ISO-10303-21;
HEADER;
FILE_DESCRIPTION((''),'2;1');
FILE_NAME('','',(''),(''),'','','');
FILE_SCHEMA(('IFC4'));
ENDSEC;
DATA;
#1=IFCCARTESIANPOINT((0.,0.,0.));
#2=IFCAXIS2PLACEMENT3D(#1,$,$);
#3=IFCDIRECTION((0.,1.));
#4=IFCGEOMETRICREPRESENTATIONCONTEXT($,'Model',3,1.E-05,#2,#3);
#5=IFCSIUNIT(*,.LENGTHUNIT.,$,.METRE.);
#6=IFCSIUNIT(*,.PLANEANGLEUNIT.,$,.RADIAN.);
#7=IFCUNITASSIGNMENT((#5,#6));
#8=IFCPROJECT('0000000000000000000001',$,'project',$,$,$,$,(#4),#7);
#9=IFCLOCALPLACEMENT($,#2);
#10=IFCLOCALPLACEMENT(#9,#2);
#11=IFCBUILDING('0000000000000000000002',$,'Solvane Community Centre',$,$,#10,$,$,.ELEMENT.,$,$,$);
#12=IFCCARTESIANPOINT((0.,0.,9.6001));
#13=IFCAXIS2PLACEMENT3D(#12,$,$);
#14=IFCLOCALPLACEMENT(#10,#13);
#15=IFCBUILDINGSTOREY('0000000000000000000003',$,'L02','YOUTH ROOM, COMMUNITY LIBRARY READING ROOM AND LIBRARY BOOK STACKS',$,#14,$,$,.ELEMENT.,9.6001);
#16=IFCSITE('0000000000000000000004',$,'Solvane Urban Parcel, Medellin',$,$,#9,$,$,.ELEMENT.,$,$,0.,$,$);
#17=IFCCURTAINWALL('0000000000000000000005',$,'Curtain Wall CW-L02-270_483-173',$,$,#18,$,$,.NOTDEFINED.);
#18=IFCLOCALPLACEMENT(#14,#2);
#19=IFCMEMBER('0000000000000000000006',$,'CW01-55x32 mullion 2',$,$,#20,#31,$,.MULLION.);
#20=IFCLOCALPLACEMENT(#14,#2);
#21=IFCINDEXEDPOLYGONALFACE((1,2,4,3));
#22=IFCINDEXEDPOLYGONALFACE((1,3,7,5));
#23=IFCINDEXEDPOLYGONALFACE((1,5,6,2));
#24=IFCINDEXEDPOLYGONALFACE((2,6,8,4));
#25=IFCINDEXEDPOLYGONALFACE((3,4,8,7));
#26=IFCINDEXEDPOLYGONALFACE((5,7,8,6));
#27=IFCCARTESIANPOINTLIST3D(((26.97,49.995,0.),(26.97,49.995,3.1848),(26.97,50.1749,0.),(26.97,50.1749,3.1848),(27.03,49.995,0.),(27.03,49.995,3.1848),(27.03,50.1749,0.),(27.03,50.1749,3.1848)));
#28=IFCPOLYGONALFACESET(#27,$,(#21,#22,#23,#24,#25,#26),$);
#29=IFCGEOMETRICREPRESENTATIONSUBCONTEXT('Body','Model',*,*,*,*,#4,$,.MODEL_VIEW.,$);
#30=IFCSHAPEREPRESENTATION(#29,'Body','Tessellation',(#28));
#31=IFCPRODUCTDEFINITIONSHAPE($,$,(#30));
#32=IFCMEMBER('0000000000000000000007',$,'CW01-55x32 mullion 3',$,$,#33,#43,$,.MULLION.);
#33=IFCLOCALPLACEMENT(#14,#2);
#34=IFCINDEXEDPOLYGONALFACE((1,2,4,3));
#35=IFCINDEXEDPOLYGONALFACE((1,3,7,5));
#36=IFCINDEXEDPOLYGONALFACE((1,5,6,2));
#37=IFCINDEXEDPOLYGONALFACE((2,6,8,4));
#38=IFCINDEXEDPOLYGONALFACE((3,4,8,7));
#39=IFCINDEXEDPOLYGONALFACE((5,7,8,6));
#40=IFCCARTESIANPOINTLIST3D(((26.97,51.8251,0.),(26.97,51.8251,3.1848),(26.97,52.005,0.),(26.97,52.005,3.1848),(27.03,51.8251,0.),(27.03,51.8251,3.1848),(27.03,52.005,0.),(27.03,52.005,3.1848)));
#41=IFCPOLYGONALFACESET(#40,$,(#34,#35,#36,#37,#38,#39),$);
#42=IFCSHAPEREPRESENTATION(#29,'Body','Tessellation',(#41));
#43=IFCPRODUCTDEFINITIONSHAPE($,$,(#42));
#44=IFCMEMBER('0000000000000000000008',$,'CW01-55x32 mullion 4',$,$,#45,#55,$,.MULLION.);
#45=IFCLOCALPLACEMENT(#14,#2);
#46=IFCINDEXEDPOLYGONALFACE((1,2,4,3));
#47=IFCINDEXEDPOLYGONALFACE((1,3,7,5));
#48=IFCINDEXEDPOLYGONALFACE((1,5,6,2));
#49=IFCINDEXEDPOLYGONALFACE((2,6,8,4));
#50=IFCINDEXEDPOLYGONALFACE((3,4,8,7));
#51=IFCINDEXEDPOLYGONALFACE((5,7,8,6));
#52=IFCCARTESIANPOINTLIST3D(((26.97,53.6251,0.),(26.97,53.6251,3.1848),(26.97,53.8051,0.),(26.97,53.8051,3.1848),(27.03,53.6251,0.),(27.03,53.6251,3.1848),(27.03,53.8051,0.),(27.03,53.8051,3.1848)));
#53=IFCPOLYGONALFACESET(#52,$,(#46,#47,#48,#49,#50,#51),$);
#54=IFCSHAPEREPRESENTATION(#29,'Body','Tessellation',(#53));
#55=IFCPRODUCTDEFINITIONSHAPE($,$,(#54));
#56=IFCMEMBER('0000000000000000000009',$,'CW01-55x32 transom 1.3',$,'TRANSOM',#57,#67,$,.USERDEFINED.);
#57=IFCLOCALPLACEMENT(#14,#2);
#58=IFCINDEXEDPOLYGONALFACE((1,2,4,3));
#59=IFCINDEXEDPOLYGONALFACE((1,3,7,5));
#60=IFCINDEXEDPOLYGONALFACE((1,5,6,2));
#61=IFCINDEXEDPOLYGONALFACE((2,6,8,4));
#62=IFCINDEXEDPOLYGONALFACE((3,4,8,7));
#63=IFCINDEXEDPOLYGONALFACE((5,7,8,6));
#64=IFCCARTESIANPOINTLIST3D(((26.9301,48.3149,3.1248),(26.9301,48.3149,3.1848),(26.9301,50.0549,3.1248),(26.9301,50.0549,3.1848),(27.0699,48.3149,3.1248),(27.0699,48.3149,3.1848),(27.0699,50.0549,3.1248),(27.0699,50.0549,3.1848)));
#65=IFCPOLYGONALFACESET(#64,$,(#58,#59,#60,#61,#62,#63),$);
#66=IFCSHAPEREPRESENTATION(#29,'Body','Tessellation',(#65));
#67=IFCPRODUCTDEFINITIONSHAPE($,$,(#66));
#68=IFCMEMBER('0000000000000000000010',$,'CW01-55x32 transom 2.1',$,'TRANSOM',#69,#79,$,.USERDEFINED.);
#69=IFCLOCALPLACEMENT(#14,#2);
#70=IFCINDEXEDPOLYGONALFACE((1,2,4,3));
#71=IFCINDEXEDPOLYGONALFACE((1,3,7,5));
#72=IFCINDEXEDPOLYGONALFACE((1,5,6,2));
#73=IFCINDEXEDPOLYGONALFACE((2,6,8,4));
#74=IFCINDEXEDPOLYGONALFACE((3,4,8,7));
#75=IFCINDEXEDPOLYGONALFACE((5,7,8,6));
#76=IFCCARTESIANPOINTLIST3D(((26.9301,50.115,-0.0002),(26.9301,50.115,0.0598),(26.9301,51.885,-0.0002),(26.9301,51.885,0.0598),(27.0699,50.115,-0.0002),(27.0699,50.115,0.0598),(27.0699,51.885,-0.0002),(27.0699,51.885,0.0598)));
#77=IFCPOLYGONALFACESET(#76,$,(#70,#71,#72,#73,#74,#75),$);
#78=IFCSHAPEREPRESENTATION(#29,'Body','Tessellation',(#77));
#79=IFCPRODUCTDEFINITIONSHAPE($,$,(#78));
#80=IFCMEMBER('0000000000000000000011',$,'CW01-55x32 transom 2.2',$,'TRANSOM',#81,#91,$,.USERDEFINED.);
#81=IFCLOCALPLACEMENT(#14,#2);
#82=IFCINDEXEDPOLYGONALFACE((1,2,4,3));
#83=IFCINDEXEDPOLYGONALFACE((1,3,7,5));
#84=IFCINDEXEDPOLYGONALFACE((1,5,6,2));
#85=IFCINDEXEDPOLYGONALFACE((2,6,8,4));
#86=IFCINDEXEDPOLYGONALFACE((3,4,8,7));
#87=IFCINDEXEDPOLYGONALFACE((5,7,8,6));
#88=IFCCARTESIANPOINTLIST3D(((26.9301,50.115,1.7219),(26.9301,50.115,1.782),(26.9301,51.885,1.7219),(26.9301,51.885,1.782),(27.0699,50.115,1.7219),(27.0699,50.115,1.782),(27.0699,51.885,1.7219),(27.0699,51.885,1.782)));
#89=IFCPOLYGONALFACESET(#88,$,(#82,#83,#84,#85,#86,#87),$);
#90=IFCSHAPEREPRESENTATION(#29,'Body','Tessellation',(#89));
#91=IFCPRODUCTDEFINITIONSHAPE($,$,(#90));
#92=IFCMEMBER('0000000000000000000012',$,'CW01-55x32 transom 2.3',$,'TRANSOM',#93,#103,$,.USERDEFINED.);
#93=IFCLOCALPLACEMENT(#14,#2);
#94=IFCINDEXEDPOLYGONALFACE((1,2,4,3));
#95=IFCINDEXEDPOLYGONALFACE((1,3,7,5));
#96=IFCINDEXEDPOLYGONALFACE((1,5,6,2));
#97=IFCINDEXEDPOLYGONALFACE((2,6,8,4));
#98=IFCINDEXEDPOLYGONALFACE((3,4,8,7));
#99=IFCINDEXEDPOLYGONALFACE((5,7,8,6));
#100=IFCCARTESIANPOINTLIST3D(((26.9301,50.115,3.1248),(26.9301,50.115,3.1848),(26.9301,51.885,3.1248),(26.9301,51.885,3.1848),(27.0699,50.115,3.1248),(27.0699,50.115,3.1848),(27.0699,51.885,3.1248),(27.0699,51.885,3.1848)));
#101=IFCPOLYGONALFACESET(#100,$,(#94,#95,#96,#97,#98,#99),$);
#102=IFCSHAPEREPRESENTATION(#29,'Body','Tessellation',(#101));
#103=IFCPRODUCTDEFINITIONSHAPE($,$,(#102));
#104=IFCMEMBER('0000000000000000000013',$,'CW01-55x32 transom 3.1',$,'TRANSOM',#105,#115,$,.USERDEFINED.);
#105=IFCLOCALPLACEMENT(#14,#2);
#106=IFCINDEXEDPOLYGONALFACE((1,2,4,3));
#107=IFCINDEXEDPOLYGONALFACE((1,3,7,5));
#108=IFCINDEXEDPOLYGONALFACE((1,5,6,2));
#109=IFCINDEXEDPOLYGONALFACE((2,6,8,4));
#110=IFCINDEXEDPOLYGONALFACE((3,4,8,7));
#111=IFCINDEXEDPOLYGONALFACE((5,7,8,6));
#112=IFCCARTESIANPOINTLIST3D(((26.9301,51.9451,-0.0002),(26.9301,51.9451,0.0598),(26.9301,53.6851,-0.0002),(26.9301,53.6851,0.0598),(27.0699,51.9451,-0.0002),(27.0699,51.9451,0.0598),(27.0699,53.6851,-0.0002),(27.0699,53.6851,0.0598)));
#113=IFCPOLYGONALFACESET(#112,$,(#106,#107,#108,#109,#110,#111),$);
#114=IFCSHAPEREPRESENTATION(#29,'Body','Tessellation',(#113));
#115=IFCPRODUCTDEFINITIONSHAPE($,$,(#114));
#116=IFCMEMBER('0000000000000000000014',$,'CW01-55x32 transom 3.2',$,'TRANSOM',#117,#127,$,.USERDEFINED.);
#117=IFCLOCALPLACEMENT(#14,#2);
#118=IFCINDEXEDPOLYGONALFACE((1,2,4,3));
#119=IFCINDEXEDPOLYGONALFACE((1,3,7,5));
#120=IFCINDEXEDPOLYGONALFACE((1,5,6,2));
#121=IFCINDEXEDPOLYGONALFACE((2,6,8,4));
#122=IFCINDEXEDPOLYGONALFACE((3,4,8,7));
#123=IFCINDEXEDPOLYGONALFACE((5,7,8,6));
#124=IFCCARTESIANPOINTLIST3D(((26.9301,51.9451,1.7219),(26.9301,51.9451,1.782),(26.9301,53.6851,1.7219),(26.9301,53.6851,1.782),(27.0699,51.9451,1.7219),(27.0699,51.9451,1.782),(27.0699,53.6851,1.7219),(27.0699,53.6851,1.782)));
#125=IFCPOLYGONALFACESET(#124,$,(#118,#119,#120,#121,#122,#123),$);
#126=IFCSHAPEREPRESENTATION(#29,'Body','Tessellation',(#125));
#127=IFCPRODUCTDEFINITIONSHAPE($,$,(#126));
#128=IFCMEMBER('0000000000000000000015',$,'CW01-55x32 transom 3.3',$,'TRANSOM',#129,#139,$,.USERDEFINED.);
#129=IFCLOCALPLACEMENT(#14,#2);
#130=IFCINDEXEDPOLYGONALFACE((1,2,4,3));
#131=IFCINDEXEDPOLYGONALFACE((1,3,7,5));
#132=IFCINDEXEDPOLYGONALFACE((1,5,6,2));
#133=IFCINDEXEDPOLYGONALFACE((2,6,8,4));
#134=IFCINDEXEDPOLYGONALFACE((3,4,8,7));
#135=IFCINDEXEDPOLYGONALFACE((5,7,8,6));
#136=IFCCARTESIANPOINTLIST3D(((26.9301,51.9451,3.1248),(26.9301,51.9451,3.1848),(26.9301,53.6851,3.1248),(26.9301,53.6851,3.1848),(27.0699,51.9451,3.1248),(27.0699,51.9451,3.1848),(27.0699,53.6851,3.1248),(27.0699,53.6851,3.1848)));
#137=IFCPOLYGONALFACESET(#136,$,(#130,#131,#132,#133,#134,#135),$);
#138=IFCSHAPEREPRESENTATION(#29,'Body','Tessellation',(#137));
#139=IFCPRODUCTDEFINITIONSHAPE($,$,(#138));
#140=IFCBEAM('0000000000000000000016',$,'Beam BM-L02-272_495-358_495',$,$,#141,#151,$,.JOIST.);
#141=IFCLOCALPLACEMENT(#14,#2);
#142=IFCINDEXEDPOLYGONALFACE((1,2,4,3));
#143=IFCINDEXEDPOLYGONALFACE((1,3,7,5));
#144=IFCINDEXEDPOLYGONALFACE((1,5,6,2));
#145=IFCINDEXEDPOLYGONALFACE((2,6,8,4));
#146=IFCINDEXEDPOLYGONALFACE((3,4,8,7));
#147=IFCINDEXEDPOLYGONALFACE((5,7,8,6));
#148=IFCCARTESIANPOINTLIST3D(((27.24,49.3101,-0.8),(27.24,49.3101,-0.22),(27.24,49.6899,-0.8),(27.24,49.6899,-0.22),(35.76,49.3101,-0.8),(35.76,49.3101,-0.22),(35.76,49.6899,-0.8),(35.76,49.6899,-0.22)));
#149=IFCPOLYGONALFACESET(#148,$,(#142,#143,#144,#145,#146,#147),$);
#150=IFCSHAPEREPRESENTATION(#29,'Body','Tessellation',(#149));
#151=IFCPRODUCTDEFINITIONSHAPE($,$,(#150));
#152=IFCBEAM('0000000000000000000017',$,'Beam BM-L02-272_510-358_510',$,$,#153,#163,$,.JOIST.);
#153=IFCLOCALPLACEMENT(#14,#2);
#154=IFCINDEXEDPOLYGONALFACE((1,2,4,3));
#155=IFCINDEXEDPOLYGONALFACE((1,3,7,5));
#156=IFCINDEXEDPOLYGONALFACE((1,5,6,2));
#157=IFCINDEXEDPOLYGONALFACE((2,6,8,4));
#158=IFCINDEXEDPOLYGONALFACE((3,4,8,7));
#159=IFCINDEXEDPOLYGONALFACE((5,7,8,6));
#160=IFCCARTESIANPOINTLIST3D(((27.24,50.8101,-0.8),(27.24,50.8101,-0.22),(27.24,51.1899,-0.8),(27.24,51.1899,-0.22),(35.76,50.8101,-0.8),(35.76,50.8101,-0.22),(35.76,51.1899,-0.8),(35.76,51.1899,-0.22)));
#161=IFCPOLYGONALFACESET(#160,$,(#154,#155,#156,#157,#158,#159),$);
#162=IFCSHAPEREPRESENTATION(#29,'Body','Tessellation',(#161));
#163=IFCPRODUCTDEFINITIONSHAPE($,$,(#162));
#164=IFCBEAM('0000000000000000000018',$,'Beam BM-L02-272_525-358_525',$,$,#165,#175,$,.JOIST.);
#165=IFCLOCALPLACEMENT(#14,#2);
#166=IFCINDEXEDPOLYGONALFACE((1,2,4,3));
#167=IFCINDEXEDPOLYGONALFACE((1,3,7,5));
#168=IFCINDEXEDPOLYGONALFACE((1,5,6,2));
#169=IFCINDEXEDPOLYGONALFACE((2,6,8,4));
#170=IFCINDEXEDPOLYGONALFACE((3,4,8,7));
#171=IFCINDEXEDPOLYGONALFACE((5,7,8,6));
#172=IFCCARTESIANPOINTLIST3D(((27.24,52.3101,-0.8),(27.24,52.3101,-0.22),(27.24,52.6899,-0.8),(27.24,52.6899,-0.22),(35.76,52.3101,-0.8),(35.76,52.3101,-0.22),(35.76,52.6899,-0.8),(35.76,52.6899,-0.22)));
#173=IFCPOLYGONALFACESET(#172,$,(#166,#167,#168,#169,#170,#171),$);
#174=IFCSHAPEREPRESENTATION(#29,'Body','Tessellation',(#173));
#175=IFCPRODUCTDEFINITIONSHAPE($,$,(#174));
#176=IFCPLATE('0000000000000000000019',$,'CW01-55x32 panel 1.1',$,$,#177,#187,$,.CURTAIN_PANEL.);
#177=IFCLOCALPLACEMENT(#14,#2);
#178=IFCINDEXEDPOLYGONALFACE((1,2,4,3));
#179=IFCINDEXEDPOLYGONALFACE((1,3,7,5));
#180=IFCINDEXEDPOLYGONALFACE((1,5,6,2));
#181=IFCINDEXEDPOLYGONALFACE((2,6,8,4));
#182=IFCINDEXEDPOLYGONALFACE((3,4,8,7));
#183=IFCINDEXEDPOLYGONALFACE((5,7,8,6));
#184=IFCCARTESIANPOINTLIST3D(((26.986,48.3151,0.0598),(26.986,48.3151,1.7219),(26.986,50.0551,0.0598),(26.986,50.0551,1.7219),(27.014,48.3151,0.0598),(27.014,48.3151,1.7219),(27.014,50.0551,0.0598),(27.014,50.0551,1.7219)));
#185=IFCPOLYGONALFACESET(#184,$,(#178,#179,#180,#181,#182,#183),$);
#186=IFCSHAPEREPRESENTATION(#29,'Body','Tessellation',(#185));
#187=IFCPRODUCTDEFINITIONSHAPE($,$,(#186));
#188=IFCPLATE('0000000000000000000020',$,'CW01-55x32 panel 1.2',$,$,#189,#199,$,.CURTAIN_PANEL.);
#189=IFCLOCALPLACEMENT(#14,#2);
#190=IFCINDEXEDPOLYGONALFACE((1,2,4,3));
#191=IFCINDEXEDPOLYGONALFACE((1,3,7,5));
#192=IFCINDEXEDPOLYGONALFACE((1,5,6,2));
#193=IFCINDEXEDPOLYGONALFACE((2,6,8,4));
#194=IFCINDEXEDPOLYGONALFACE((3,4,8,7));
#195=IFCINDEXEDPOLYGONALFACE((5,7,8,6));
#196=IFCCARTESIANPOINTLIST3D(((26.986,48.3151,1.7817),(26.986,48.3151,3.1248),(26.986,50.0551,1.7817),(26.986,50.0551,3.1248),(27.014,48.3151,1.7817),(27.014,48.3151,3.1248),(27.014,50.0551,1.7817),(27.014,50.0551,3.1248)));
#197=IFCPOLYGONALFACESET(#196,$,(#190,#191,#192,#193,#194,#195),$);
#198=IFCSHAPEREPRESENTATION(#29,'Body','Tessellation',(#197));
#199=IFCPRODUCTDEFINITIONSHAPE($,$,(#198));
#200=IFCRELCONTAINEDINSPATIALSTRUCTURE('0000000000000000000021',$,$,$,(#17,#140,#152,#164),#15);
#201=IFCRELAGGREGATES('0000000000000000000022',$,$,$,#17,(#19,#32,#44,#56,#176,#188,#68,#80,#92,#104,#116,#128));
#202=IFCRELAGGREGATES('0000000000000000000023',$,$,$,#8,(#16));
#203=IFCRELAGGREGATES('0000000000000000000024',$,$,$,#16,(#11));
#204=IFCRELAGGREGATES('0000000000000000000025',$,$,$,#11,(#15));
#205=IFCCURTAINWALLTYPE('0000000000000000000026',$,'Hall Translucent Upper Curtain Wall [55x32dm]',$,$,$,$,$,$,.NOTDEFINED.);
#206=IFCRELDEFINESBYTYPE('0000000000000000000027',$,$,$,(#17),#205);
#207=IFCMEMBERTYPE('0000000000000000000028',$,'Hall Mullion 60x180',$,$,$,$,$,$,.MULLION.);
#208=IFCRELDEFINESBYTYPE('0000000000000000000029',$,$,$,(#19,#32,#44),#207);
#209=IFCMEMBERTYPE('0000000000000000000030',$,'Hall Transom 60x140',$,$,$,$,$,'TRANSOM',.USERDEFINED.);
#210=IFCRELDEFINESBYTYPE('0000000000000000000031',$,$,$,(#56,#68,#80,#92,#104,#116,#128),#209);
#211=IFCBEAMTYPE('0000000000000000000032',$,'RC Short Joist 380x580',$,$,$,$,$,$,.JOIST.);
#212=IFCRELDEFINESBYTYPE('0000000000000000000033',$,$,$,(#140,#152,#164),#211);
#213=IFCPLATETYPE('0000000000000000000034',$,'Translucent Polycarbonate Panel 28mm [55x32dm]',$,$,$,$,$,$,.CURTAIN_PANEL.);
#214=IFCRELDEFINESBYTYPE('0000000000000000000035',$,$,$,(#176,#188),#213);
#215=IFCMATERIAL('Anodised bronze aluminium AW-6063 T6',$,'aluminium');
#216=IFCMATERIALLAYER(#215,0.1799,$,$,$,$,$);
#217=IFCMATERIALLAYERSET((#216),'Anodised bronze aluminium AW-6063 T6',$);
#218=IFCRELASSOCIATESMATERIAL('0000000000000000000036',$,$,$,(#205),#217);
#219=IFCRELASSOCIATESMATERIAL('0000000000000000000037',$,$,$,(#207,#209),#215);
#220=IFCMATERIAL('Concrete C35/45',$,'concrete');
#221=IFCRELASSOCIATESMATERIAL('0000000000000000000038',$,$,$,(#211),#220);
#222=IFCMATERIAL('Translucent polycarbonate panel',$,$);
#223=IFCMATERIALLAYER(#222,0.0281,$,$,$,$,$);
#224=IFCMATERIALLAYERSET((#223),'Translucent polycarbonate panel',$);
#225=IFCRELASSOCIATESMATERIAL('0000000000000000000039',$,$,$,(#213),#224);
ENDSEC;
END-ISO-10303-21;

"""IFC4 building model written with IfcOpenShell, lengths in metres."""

from ifc_helpers import new_model, si_unit, direction, frame, origin, origin_2d, place, context, subcontext, project, spatial, rectangle, extrude, material, layer, layer_set, material_profile, profile_set, type_object, element, aggregate, save


model = new_model("IFC4")

# Units and contexts
model_context = context("Model", 3, precision=1e-05, world=origin(), true_north=direction((0.0, 1.0)))
body_context = subcontext(model_context, "Body", "Model", "MODEL_VIEW")
ifc_project = project(units=[si_unit("LENGTHUNIT", "METRE"), si_unit("PLANEANGLEUNIT", "RADIAN")], contexts=[model_context])

# Site, building, storey
site_placement = place(None, origin())
site = spatial("IfcSite", under=ifc_project, at=site_placement, Name="Solvane Urban Parcel, Medellin", CompositionType="ELEMENT", RefElevation=0.0)
building_placement = place(site_placement, origin())
building = spatial("IfcBuilding", under=site, at=building_placement, Name="Solvane Community Centre", CompositionType="ELEMENT")
storey_placement = place(building_placement, frame((0.0, 0.0, 9.6001)))
storey = spatial("IfcBuildingStorey", under=building, at=storey_placement, Name="L02", Description="YOUTH ROOM, COMMUNITY LIBRARY READING ROOM AND LIBRARY BOOK STACKS", CompositionType="ELEMENT", Elevation=9.6001)

# Curtain wall, members
ifc_material_1 = material(Name="Anodised bronze aluminium AW-6063 T6", Category="aluminium")
ifc_layer_1 = layer(ifc_material_1, 0.1799)
ifc_layer_set_1 = layer_set([ifc_layer_1], Name="Anodised bronze aluminium AW-6063 T6")
curtain_wall_type = type_object("IfcCurtainWallType", Name="Hall Translucent Upper Curtain Wall [55x32dm]", PredefinedType="NOTDEFINED", material=ifc_layer_set_1)
curtain_wall_placement = place(storey_placement, origin())
curtain_wall = element("IfcCurtainWall", 1, at=curtain_wall_placement, inside=storey, type_object=curtain_wall_type, Name="Curtain Wall CW-L02-270_483-173", PredefinedType="NOTDEFINED")
ifc_material_profile_1 = material_profile(ifc_material_1, rectangle(XDim=0.0601, YDim=0.1799, at=origin_2d()), Name="CW-M 60x180")
ifc_profile_set_1 = profile_set([ifc_material_profile_1], Name="Anodised bronze aluminium AW-6063 T6")
member_type_1 = type_object("IfcMemberType", Name="Hall Mullion 60x180", PredefinedType="MULLION", material=ifc_profile_set_1)
member_1_placement = place(storey_placement, frame((27.0, 50.085, 0.0), z_axis=(0.0, 0.0, 1.0), x_axis=(-1.0, 0.0, 0.0)))
member_1 = element("IfcMember", 2, at=member_1_placement, type_object=member_type_1, Name="CW01-55x32 mullion 2", PredefinedType="MULLION", context=body_context, shape_type="SweptSolid", body=[
    extrude(rectangle(XDim=0.0601, YDim=0.1799, at=origin_2d()), origin(), (0.0, 0.0, 1.0), 3.1848),
])
member_2_placement = place(storey_placement, frame((27.0, 51.915, 0.0), z_axis=(0.0, 0.0, 1.0), x_axis=(-1.0, 0.0, 0.0)))
member_2 = element("IfcMember", 3, at=member_2_placement, type_object=member_type_1, Name="CW01-55x32 mullion 3", PredefinedType="MULLION", context=body_context, shape_type="SweptSolid", body=[
    extrude(rectangle(XDim=0.0601, YDim=0.1799, at=origin_2d()), origin(), (0.0, 0.0, 1.0), 3.1848),
])
member_3_placement = place(storey_placement, frame((27.0, 53.7151, 0.0), z_axis=(0.0, 0.0, 1.0), x_axis=(-1.0, 0.0, 0.0)))
member_3 = element("IfcMember", 4, at=member_3_placement, type_object=member_type_1, Name="CW01-55x32 mullion 4", PredefinedType="MULLION", context=body_context, shape_type="SweptSolid", body=[
    extrude(rectangle(XDim=0.0601, YDim=0.1799, at=origin_2d()), origin(), (0.0, 0.0, 1.0), 3.1848),
])
ifc_material_profile_2 = material_profile(ifc_material_1, rectangle(XDim=0.1399, YDim=0.0601, at=origin_2d()), Name="CW-T 60x140")
ifc_profile_set_2 = profile_set([ifc_material_profile_2], Name="Anodised bronze aluminium AW-6063 T6")
member_type_2 = type_object("IfcMemberType", Name="Hall Transom 60x140", ElementType="TRANSOM", PredefinedType="USERDEFINED", material=ifc_profile_set_2)
member_4_placement = place(storey_placement, frame((27.0, 48.3149, 3.1548), z_axis=(0.0, 1.0, 0.0), x_axis=(-1.0, 0.0, 0.0)))
member_4 = element("IfcMember", 5, at=member_4_placement, type_object=member_type_2, Name="CW01-55x32 transom 1.3", ObjectType="TRANSOM", PredefinedType="USERDEFINED", context=body_context, shape_type="SweptSolid", body=[
    extrude(rectangle(XDim=0.1399, YDim=0.0601, at=origin_2d()), origin(), (0.0, 0.0, 1.0), 1.74),
])
member_5_placement = place(storey_placement, frame((27.0, 50.115, 0.0298), z_axis=(0.0, 1.0, 0.0), x_axis=(-1.0, 0.0, 0.0)))
member_5 = element("IfcMember", 6, at=member_5_placement, type_object=member_type_2, Name="CW01-55x32 transom 2.1", ObjectType="TRANSOM", PredefinedType="USERDEFINED", context=body_context, shape_type="SweptSolid", body=[
    extrude(rectangle(XDim=0.1399, YDim=0.0601, at=origin_2d()), origin(), (0.0, 0.0, 1.0), 1.77),
])
member_6_placement = place(storey_placement, frame((27.0, 50.115, 1.752), z_axis=(0.0, 1.0, 0.0), x_axis=(-1.0, 0.0, 0.0)))
member_6 = element("IfcMember", 7, at=member_6_placement, type_object=member_type_2, Name="CW01-55x32 transom 2.2", ObjectType="TRANSOM", PredefinedType="USERDEFINED", context=body_context, shape_type="SweptSolid", body=[
    extrude(rectangle(XDim=0.1399, YDim=0.0601, at=origin_2d()), origin(), (0.0, 0.0, 1.0), 1.77),
])
member_7_placement = place(storey_placement, frame((27.0, 50.115, 3.1548), z_axis=(0.0, 1.0, 0.0), x_axis=(-1.0, 0.0, 0.0)))
member_7 = element("IfcMember", 8, at=member_7_placement, type_object=member_type_2, Name="CW01-55x32 transom 2.3", ObjectType="TRANSOM", PredefinedType="USERDEFINED", context=body_context, shape_type="SweptSolid", body=[
    extrude(rectangle(XDim=0.1399, YDim=0.0601, at=origin_2d()), origin(), (0.0, 0.0, 1.0), 1.77),
])
member_8_placement = place(storey_placement, frame((27.0, 51.9451, 0.0298), z_axis=(0.0, 1.0, 0.0), x_axis=(-1.0, 0.0, 0.0)))
member_8 = element("IfcMember", 9, at=member_8_placement, type_object=member_type_2, Name="CW01-55x32 transom 3.1", ObjectType="TRANSOM", PredefinedType="USERDEFINED", context=body_context, shape_type="SweptSolid", body=[
    extrude(rectangle(XDim=0.1399, YDim=0.0601, at=origin_2d()), origin(), (0.0, 0.0, 1.0), 1.74),
])
member_9_placement = place(storey_placement, frame((27.0, 51.9451, 1.752), z_axis=(0.0, 1.0, 0.0), x_axis=(-1.0, 0.0, 0.0)))
member_9 = element("IfcMember", 10, at=member_9_placement, type_object=member_type_2, Name="CW01-55x32 transom 3.2", ObjectType="TRANSOM", PredefinedType="USERDEFINED", context=body_context, shape_type="SweptSolid", body=[
    extrude(rectangle(XDim=0.1399, YDim=0.0601, at=origin_2d()), origin(), (0.0, 0.0, 1.0), 1.74),
])
member_10_placement = place(storey_placement, frame((27.0, 51.9451, 3.1548), z_axis=(0.0, 1.0, 0.0), x_axis=(-1.0, 0.0, 0.0)))
member_10 = element("IfcMember", 11, at=member_10_placement, type_object=member_type_2, Name="CW01-55x32 transom 3.3", ObjectType="TRANSOM", PredefinedType="USERDEFINED", context=body_context, shape_type="SweptSolid", body=[
    extrude(rectangle(XDim=0.1399, YDim=0.0601, at=origin_2d()), origin(), (0.0, 0.0, 1.0), 1.74),
])

# Beams
ifc_material_2 = material(Name="Concrete C35/45", Category="concrete")
ifc_material_profile_3 = material_profile(ifc_material_2, rectangle(XDim=0.3799, YDim=0.5801, at=origin_2d()), Name="RC 380x580")
ifc_profile_set_3 = profile_set([ifc_material_profile_3], Name="Concrete C35/45")
beam_type = type_object("IfcBeamType", Name="RC Short Joist 380x580", PredefinedType="JOIST", material=ifc_profile_set_3)
for number, where, z_axis, x_axis, name in (
    (12, (27.24, 49.5, -0.51), (1.0, 0.0, 0.0), (0.0, 1.0, 0.0), "Beam BM-L02-272_495-358_495"),
    (13, (27.24, 51.0, -0.51), (1.0, 0.0, 0.0), (0.0, 1.0, 0.0), "Beam BM-L02-272_510-358_510"),
    (14, (27.24, 52.5, -0.51), (1.0, 0.0, 0.0), (0.0, 1.0, 0.0), "Beam BM-L02-272_525-358_525"),
):
    element("IfcBeam", number, at=place(storey_placement, frame(where, z_axis=z_axis, x_axis=x_axis)), inside=storey, type_object=beam_type, Name=name, PredefinedType="JOIST", context=body_context, shape_type="SweptSolid", body=[
        extrude(rectangle(XDim=0.3799, YDim=0.5801, at=origin_2d()), origin(), (0.0, 0.0, 1.0), 8.52),
    ])

# Plates
ifc_material_3 = material(Name="Translucent polycarbonate panel")
ifc_layer_2 = layer(ifc_material_3, 0.0281)
ifc_layer_set_2 = layer_set([ifc_layer_2], Name="Translucent polycarbonate panel")
plate_type = type_object("IfcPlateType", Name="Translucent Polycarbonate Panel 28mm [55x32dm]", PredefinedType="CURTAIN_PANEL", material=ifc_layer_set_2)
plate_1_placement = place(storey_placement, frame((27.0, 49.1851, 0.0598), z_axis=(0.0, 0.0, 1.0), x_axis=(0.0, 1.0, 0.0)))
plate_1 = element("IfcPlate", 15, at=plate_1_placement, type_object=plate_type, Name="CW01-55x32 panel 1.1", PredefinedType="CURTAIN_PANEL", context=body_context, shape_type="SweptSolid", body=[
    extrude(rectangle(XDim=1.74, YDim=0.0281, at=origin_2d()), origin(), (0.0, 0.0, 1.0), 1.6621),
])
plate_2_placement = place(storey_placement, frame((27.0, 49.1851, 1.7817), z_axis=(0.0, 0.0, 1.0), x_axis=(0.0, 1.0, 0.0)))
plate_2 = element("IfcPlate", 16, at=plate_2_placement, type_object=plate_type, Name="CW01-55x32 panel 1.2", PredefinedType="CURTAIN_PANEL", context=body_context, shape_type="SweptSolid", body=[
    extrude(rectangle(XDim=1.74, YDim=0.0281, at=origin_2d()), origin(), (0.0, 0.0, 1.0), 1.343),
])
aggregate(curtain_wall, [member_1, member_2, member_3, member_4, plate_1, plate_2, member_5, member_6, member_7, member_8, member_9, member_10])

save(model, "model.ifc")
